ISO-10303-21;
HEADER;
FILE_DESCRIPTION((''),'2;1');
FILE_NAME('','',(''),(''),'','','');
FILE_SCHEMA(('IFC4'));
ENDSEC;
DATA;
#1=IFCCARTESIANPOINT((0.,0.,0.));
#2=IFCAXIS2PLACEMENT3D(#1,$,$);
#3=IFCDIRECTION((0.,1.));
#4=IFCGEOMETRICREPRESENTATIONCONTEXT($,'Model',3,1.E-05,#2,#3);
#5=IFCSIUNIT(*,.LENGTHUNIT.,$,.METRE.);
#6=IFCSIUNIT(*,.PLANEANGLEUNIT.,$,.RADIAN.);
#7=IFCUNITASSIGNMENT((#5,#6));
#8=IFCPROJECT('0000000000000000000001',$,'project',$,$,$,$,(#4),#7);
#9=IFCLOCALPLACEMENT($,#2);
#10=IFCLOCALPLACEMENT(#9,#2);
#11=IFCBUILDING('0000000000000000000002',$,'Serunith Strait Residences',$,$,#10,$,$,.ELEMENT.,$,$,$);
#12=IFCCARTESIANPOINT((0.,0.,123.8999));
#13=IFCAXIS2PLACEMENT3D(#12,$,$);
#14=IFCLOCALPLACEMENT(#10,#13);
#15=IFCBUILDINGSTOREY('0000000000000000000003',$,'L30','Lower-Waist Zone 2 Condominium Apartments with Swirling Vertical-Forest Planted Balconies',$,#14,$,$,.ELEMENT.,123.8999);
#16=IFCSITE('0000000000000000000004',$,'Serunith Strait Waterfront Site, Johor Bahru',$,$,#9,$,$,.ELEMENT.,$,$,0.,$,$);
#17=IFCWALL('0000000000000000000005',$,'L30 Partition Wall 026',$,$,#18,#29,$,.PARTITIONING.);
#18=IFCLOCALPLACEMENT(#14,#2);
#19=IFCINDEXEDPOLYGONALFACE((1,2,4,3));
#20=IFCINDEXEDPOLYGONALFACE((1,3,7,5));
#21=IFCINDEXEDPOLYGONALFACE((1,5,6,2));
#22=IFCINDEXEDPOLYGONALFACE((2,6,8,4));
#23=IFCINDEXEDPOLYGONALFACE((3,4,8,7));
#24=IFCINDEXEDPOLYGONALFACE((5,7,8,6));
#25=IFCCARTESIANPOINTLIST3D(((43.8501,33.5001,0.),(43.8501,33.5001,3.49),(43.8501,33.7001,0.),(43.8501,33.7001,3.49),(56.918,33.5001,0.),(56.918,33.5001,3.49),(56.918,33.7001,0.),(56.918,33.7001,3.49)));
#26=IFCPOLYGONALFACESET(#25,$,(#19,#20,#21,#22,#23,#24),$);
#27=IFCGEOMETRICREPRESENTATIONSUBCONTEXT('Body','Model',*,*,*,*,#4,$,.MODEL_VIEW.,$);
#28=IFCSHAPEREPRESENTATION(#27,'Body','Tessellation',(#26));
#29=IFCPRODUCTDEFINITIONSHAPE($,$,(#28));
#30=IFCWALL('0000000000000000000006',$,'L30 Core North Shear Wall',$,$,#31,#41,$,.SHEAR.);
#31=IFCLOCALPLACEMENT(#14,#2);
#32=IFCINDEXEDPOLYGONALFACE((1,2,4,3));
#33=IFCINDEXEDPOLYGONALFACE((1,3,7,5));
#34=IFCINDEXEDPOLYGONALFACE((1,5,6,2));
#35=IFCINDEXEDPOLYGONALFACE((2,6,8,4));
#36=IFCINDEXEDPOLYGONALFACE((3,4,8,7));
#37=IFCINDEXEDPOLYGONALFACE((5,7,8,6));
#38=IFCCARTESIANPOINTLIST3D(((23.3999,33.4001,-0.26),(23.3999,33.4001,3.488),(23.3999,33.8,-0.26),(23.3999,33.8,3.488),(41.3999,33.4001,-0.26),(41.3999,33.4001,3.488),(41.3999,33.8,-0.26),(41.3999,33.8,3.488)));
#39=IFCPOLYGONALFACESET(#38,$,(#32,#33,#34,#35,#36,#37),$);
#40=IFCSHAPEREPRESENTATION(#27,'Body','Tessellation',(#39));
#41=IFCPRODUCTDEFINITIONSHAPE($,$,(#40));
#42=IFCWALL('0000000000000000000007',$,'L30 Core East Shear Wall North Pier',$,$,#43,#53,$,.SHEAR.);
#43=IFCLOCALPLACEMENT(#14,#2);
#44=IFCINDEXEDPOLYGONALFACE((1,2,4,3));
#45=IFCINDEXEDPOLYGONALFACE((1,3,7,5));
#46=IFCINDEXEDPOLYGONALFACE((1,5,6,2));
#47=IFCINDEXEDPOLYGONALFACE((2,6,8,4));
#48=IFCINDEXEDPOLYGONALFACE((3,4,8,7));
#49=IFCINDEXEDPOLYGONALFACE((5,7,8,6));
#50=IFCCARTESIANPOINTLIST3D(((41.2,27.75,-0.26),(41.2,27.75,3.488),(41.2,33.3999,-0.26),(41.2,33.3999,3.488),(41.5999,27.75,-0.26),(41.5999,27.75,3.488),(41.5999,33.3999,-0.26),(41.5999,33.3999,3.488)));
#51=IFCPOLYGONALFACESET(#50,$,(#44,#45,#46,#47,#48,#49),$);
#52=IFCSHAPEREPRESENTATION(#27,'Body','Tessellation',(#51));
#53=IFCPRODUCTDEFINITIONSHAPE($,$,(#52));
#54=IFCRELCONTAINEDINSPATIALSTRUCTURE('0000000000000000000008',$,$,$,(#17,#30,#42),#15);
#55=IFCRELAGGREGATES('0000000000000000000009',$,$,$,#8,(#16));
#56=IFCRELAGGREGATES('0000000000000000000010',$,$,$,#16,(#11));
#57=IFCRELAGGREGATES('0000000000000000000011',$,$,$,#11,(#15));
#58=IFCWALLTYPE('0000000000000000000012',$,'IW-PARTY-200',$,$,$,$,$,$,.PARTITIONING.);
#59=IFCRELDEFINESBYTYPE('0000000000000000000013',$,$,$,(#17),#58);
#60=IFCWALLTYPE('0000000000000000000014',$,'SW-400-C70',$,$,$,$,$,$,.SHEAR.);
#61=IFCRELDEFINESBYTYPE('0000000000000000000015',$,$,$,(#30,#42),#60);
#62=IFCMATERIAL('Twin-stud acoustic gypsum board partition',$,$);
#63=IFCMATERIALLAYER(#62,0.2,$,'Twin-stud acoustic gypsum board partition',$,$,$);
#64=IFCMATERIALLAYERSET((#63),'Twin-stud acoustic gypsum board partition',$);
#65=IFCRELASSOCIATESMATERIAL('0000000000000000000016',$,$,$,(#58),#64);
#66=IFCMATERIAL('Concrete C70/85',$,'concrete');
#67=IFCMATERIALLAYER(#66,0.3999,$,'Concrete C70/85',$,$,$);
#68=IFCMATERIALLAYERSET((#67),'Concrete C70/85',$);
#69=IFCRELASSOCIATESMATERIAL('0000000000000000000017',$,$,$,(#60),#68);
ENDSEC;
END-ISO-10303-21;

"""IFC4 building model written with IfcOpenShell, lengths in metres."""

from ifc_helpers import new_model, si_unit, direction, frame, frame_2d, origin, place, context, subcontext, project, spatial, rectangle, extrude, material, layer, layer_set, type_object, element, save


model = new_model("IFC4")

# Units and contexts
model_context = context("Model", 3, precision=1e-05, world=origin(), true_north=direction((0.0, 1.0)))
body_context = subcontext(model_context, "Body", "Model", "MODEL_VIEW")
ifc_project = project(units=[si_unit("LENGTHUNIT", "METRE"), si_unit("PLANEANGLEUNIT", "RADIAN")], contexts=[model_context])

# Site, building, storey
site_placement = place(None, origin())
site = spatial("IfcSite", under=ifc_project, at=site_placement, Name="Serunith Strait Waterfront Site, Johor Bahru", CompositionType="ELEMENT", RefElevation=0.0)
building_placement = place(site_placement, origin())
building = spatial("IfcBuilding", under=site, at=building_placement, Name="Serunith Strait Residences", CompositionType="ELEMENT")
storey_placement = place(building_placement, frame((0.0, 0.0, 123.8999)))
storey = spatial("IfcBuildingStorey", under=building, at=storey_placement, Name="L30", Description="Lower-Waist Zone 2 Condominium Apartments with Swirling Vertical-Forest Planted Balconies", CompositionType="ELEMENT", Elevation=123.8999)

# Walls
ifc_material_1 = material(Name="Twin-stud acoustic gypsum board partition")
ifc_layer_1 = layer(ifc_material_1, 0.2, Name="Twin-stud acoustic gypsum board partition")
ifc_layer_set_1 = layer_set([ifc_layer_1], Name="Twin-stud acoustic gypsum board partition")
wall_type_1 = type_object("IfcWallType", Name="IW-PARTY-200", PredefinedType="PARTITIONING", material=ifc_layer_set_1)
wall_1_placement = place(storey_placement, frame((43.8501, 33.6001, 0.0), z_axis=(0.0, 0.0, 1.0), x_axis=(1.0, 0.0, 0.0)))
element("IfcWall", 1, at=wall_1_placement, inside=storey, type_object=wall_type_1, Name="L30 Partition Wall 026", PredefinedType="PARTITIONING", context=body_context, shape_type="SweptSolid", body=[
    extrude(rectangle(XDim=13.0679, YDim=0.2, at=frame_2d((6.5339, 0.0))), origin(), (0.0, 0.0, 1.0), 3.49),
])
ifc_material_2 = material(Name="Concrete C70/85", Category="concrete")
ifc_layer_2 = layer(ifc_material_2, 0.3999, Name="Concrete C70/85")
ifc_layer_set_2 = layer_set([ifc_layer_2], Name="Concrete C70/85")
wall_type_2 = type_object("IfcWallType", Name="SW-400-C70", PredefinedType="SHEAR", material=ifc_layer_set_2)
wall_2_placement = place(storey_placement, frame((41.3999, 33.6001, -0.26), z_axis=(0.0, 0.0, 1.0), x_axis=(-1.0, 0.0, 0.0)))
element("IfcWall", 2, at=wall_2_placement, inside=storey, type_object=wall_type_2, Name="L30 Core North Shear Wall", PredefinedType="SHEAR", context=body_context, shape_type="SweptSolid", body=[
    extrude(rectangle(XDim=18.0, YDim=0.3999, at=frame_2d((9.0, 0.0))), origin(), (0.0, 0.0, 1.0), 3.748),
])
wall_3_placement = place(storey_placement, frame((41.3999, 27.75, -0.26), z_axis=(0.0, 0.0, 1.0), x_axis=(0.0, 1.0, 0.0)))
element("IfcWall", 3, at=wall_3_placement, inside=storey, type_object=wall_type_2, Name="L30 Core East Shear Wall North Pier", PredefinedType="SHEAR", context=body_context, shape_type="SweptSolid", body=[
    extrude(rectangle(XDim=5.6499, YDim=0.3999, at=frame_2d((2.825, 0.0))), origin(), (0.0, 0.0, 1.0), 3.748),
])

save(model, "model.ifc")
